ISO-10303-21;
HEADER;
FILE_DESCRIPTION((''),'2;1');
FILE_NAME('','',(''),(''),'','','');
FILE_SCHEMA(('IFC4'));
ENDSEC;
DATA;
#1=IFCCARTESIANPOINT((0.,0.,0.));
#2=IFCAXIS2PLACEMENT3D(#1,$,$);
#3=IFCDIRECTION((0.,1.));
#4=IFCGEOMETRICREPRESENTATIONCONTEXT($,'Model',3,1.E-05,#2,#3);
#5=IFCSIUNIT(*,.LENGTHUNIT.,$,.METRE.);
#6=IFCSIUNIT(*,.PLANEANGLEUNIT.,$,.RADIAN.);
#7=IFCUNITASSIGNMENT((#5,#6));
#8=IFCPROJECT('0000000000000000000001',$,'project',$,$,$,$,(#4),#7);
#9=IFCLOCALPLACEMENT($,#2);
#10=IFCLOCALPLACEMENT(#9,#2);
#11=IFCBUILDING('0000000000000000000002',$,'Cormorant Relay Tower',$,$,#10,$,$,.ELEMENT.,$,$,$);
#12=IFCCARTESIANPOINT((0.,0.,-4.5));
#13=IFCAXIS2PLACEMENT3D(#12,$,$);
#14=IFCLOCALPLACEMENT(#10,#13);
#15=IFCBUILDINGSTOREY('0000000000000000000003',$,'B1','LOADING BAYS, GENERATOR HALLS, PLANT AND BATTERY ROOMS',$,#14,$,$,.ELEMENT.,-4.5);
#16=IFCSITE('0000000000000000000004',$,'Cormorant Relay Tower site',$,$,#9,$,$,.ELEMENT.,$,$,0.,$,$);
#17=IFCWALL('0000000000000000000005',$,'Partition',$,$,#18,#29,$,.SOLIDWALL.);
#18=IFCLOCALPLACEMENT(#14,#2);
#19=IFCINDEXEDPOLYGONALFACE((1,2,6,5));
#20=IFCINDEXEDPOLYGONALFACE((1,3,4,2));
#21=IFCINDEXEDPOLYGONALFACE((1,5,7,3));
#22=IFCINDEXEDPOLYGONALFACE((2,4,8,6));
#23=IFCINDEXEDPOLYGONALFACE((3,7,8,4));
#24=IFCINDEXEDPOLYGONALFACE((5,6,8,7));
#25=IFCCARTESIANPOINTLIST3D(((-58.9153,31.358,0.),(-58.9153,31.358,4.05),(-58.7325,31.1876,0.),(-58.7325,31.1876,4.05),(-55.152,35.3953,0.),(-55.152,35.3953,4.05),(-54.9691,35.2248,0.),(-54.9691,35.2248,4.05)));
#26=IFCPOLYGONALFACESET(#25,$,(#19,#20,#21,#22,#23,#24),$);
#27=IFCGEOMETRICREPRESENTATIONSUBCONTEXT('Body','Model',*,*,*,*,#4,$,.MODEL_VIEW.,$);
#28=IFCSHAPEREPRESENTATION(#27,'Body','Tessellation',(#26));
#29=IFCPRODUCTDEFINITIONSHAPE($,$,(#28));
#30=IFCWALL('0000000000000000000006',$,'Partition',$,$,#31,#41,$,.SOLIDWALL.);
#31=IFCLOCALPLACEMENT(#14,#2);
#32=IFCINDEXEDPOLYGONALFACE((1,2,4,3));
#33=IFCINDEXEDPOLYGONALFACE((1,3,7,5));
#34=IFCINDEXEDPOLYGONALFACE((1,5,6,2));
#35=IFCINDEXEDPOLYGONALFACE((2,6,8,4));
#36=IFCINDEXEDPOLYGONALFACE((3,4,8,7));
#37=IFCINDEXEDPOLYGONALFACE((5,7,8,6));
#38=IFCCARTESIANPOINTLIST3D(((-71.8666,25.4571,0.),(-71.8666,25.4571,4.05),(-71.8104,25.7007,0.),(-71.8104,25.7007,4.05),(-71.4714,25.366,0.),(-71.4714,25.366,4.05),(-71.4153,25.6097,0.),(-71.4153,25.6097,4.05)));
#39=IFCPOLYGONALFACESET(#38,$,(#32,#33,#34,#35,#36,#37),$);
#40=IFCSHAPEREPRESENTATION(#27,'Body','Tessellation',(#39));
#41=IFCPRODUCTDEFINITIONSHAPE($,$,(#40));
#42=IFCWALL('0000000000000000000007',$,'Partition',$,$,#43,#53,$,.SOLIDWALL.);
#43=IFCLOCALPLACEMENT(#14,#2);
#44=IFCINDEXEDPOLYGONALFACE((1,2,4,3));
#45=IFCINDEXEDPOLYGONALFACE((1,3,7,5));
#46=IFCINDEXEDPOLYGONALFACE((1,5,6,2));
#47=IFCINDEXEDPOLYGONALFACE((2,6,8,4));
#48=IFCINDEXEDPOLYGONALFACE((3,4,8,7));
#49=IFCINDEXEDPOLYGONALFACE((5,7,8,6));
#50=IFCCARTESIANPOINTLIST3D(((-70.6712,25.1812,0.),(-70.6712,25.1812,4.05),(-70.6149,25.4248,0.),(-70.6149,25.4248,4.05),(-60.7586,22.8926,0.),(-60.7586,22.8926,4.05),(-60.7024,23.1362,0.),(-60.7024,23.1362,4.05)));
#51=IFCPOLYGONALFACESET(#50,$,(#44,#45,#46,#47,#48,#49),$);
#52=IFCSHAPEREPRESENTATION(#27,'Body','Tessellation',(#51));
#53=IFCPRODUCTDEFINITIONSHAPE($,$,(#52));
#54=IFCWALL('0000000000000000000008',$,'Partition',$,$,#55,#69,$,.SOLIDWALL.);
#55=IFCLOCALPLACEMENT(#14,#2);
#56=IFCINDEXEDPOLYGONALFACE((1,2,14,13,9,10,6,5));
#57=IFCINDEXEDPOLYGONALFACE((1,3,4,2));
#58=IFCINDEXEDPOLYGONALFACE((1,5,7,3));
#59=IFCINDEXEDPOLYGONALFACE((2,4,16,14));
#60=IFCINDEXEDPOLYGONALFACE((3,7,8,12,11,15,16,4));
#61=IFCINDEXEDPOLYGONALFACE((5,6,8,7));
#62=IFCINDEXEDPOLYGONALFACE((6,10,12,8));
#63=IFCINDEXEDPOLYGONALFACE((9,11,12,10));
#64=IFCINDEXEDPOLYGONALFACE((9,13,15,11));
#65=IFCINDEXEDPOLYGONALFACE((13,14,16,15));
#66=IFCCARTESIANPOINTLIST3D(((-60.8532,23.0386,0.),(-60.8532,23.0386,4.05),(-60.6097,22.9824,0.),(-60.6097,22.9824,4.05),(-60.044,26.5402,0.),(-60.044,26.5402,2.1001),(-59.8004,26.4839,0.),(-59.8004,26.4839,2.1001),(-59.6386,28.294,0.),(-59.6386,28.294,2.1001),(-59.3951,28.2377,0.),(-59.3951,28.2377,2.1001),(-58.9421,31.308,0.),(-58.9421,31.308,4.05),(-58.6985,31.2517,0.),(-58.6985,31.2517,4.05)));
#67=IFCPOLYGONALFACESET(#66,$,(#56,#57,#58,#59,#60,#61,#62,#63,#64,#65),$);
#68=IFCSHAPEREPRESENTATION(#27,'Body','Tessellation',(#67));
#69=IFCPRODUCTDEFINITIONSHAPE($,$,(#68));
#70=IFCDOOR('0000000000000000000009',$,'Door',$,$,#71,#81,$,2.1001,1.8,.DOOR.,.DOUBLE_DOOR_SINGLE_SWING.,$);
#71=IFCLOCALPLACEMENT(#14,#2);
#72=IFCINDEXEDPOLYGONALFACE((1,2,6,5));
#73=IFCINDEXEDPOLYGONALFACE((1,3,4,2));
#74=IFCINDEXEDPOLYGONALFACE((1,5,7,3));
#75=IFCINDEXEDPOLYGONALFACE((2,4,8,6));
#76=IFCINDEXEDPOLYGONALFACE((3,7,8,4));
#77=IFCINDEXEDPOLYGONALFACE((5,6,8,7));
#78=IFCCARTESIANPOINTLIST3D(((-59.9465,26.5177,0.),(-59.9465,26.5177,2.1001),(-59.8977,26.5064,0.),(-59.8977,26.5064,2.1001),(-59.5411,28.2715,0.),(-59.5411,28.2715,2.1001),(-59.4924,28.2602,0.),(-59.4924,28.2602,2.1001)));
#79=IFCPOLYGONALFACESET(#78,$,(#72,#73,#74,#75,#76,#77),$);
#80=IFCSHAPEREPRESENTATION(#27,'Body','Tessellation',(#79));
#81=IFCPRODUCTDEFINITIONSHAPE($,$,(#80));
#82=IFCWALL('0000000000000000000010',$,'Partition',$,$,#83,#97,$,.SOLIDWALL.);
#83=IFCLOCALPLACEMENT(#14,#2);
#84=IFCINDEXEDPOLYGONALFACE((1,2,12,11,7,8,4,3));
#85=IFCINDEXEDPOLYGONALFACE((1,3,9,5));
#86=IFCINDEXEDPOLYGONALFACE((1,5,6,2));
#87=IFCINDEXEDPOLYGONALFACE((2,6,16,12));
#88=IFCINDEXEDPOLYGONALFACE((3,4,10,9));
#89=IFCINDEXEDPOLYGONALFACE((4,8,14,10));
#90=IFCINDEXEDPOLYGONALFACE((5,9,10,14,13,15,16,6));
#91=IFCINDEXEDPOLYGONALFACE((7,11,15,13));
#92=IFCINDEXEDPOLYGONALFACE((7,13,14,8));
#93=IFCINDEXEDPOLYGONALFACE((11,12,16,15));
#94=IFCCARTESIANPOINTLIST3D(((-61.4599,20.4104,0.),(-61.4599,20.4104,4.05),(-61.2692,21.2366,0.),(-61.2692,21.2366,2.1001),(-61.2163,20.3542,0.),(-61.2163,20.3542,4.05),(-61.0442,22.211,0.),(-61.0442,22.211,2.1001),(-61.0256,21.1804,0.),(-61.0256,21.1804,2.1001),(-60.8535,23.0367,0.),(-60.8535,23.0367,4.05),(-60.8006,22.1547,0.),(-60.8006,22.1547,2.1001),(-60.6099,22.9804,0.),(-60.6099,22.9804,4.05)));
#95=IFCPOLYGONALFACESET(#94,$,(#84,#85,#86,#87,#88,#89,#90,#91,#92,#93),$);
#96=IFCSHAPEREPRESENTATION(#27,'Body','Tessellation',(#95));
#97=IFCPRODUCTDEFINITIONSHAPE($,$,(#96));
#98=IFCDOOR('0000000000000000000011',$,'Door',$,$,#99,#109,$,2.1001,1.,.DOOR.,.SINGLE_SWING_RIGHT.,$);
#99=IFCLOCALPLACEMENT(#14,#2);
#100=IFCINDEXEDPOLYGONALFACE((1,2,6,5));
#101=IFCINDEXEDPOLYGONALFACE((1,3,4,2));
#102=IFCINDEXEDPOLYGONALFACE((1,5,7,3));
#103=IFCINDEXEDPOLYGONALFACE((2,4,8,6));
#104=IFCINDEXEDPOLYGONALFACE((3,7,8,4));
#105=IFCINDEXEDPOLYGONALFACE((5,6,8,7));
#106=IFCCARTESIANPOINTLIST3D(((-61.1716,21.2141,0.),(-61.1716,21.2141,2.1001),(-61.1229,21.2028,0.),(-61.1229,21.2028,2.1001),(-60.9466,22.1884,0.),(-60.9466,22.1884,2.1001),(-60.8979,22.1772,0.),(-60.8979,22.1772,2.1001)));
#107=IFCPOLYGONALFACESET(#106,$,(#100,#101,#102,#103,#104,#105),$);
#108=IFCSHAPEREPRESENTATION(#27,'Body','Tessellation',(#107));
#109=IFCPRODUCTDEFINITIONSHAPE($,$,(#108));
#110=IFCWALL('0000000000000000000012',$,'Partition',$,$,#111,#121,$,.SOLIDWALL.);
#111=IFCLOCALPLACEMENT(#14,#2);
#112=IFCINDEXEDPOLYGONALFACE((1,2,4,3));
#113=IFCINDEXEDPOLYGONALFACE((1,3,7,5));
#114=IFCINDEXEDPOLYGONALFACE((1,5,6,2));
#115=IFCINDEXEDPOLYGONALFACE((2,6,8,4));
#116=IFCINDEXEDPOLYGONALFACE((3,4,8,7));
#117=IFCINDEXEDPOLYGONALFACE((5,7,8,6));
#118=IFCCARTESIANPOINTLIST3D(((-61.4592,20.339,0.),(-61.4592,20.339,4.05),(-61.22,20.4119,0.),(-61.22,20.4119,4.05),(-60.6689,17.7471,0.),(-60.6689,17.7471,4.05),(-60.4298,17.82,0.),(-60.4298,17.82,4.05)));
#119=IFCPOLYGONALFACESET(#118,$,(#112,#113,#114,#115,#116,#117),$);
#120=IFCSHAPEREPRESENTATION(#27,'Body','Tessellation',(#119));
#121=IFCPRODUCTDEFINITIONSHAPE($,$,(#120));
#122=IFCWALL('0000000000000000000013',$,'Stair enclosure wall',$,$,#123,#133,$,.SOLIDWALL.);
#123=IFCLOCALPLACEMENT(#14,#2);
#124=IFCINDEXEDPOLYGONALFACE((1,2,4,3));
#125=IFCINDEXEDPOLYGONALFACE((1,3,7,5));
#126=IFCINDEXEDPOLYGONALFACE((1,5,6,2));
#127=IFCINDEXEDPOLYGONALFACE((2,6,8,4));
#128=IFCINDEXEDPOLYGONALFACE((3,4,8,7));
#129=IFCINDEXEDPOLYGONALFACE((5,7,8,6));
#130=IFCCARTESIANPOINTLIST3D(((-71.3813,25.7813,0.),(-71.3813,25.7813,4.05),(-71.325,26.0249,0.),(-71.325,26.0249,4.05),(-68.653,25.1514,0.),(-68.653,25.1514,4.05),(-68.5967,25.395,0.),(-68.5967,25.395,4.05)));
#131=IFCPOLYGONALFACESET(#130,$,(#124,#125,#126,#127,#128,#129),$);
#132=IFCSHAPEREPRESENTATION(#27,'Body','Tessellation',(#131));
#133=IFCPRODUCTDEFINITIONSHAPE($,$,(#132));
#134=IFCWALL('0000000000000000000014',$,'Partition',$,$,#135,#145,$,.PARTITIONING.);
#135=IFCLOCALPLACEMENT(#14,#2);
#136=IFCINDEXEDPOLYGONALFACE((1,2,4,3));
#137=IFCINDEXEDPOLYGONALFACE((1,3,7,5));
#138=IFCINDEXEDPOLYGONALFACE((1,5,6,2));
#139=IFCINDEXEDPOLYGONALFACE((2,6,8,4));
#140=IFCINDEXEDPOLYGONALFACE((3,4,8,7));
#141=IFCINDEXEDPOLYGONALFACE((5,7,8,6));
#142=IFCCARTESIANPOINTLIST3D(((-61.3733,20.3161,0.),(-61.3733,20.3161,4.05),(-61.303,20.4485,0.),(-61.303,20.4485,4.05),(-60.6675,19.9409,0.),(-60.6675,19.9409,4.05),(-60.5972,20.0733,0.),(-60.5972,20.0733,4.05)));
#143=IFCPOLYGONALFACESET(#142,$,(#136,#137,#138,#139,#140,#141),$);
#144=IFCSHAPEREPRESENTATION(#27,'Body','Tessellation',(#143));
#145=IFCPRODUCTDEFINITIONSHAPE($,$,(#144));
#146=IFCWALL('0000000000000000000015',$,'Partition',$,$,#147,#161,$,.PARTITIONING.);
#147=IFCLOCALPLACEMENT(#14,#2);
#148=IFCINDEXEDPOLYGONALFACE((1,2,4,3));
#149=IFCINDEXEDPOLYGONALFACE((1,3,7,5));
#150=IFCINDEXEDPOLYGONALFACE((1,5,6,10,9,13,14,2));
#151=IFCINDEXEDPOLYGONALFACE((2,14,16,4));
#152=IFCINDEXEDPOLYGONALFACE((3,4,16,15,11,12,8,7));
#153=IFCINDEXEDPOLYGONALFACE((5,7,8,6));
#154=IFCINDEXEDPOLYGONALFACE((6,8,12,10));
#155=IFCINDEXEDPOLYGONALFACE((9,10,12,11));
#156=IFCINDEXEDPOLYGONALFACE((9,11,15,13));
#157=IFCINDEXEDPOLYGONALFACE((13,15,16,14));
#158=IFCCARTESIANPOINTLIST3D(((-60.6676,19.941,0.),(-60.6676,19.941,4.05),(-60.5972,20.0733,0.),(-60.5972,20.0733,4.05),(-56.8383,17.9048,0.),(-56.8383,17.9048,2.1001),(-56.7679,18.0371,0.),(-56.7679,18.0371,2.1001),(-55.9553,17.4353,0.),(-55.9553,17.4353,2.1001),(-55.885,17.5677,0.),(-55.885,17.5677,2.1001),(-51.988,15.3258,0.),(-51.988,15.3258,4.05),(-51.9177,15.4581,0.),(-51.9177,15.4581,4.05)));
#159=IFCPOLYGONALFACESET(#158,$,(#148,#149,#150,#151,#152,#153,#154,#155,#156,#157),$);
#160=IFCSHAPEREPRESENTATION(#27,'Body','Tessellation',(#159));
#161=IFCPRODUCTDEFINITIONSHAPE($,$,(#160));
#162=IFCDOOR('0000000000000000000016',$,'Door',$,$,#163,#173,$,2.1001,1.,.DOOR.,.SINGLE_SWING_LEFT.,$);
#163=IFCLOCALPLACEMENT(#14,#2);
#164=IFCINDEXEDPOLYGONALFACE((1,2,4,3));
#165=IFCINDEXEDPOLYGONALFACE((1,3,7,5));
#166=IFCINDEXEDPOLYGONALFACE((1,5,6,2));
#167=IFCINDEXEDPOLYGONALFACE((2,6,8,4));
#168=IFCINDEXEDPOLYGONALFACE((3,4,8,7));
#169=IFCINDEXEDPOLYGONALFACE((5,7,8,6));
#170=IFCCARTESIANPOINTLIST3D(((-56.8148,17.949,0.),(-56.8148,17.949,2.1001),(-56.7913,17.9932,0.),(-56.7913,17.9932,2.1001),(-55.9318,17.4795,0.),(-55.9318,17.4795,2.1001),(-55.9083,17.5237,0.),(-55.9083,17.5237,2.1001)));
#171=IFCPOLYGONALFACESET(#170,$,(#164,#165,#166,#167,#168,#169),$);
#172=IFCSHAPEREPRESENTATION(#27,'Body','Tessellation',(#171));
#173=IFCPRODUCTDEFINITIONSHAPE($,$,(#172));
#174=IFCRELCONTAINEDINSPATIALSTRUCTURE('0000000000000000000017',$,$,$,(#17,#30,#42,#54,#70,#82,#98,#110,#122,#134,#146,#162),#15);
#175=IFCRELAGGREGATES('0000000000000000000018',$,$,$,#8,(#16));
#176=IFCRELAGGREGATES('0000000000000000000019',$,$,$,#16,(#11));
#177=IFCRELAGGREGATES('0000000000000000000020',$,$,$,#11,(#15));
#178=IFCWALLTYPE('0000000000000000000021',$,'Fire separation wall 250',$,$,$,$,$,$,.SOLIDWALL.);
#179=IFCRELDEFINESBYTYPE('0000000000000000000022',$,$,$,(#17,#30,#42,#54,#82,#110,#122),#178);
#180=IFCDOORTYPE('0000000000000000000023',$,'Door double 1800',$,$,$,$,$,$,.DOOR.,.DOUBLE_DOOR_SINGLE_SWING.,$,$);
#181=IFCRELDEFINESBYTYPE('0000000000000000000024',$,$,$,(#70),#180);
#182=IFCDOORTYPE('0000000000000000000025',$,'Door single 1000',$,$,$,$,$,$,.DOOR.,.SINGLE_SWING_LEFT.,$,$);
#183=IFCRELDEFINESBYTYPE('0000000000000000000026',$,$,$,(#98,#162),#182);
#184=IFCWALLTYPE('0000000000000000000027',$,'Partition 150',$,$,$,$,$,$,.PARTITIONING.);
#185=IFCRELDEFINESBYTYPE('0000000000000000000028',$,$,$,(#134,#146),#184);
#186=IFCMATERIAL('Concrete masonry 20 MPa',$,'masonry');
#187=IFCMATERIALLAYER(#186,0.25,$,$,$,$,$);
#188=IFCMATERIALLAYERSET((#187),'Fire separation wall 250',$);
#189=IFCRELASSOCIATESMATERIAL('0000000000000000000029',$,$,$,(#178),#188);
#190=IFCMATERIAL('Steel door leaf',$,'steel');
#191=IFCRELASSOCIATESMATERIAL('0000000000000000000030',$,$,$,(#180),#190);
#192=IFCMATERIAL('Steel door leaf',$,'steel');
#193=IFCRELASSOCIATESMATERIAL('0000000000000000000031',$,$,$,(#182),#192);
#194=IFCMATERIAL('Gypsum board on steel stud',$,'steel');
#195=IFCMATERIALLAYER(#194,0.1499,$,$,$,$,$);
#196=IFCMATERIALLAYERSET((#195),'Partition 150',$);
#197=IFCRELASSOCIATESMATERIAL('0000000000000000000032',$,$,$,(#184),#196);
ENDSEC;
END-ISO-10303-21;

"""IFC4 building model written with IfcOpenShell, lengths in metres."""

from ifc_helpers import new_model, si_unit, direction, frame, frame_2d, origin, place, context, subcontext, project, spatial, rectangle, extrude, material, layer, layer_set, type_object, element, fill, save


model = new_model("IFC4")

# Units and contexts
model_context = context("Model", 3, precision=1e-05, world=origin(), true_north=direction((0.0, 1.0)))
body_context = subcontext(model_context, "Body", "Model", "MODEL_VIEW")
ifc_project = project(units=[si_unit("LENGTHUNIT", "METRE"), si_unit("PLANEANGLEUNIT", "RADIAN")], contexts=[model_context])

# Site, building, storey
site_placement = place(None, origin())
site = spatial("IfcSite", under=ifc_project, at=site_placement, Name="Cormorant Relay Tower site", CompositionType="ELEMENT", RefElevation=0.0)
building_placement = place(site_placement, origin())
building = spatial("IfcBuilding", under=site, at=building_placement, Name="Cormorant Relay Tower", CompositionType="ELEMENT")
storey_placement = place(building_placement, frame((0.0, 0.0, -4.5)))
storey = spatial("IfcBuildingStorey", under=building, at=storey_placement, Name="B1", Description="LOADING BAYS, GENERATOR HALLS, PLANT AND BATTERY ROOMS", CompositionType="ELEMENT", Elevation=-4.5)

# Walls
ifc_material_1 = material(Name="Concrete masonry 20 MPa", Category="masonry")
ifc_layer_1 = layer(ifc_material_1, 0.25)
ifc_layer_set_1 = layer_set([ifc_layer_1], Name="Fire separation wall 250")
wall_type_1 = type_object("IfcWallType", Name="Fire separation wall 250", PredefinedType="SOLIDWALL", material=ifc_layer_set_1)
wall_1_placement = place(storey_placement, frame((-58.824, 31.2727, 0.0), z_axis=(0.0, 0.0, 1.0), x_axis=(0.681856, 0.731486, 0.0)))
element("IfcWall", 1, at=wall_1_placement, inside=storey, type_object=wall_type_1, Name="Partition", PredefinedType="SOLIDWALL", context=body_context, shape_type="SweptSolid", body=[
    extrude(rectangle(XDim=5.5193, YDim=0.25, at=frame_2d((2.7598, 0.0))), origin(), (0.0, 0.0, 1.0), 4.05),
])
wall_2_placement = place(storey_placement, frame((-71.8384, 25.5789, 0.0), z_axis=(0.0, 0.0, 1.0), x_axis=(0.974472, -0.224508, 0.0)))
element("IfcWall", 2, at=wall_2_placement, inside=storey, type_object=wall_type_1, Name="Partition", PredefinedType="SOLIDWALL", context=body_context, shape_type="SweptSolid", body=[
    extrude(rectangle(XDim=0.4055, YDim=0.25, at=frame_2d((0.2026, 0.0))), origin(), (0.0, 0.0, 1.0), 4.05),
])
wall_3_placement = place(storey_placement, frame((-70.6431, 25.303, 0.0), z_axis=(0.0, 0.0, 1.0), x_axis=(0.974369, -0.224958, 0.0)))
element("IfcWall", 3, at=wall_3_placement, inside=storey, type_object=wall_type_1, Name="Partition", PredefinedType="SOLIDWALL", context=body_context, shape_type="SweptSolid", body=[
    extrude(rectangle(XDim=10.1733, YDim=0.25, at=frame_2d((5.0867, 0.0))), origin(), (0.0, 0.0, 1.0), 4.05),
])

# Walls, openings, doors
wall_4_placement = place(storey_placement, frame((-60.7314, 23.0105, 0.0), z_axis=(0.0, 0.0, 1.0), x_axis=(0.225177, 0.974318, 0.0)))
wall_4 = element("IfcWall", 4, at=wall_4_placement, inside=storey, type_object=wall_type_1, Name="Partition", PredefinedType="SOLIDWALL", context=body_context, shape_type="SweptSolid", body=[
    extrude(rectangle(XDim=8.4873, YDim=0.25, at=frame_2d((4.2437, 0.0))), origin(), (0.0, 0.0, 1.0), 4.05),
])
opening_1_placement = place(wall_4_placement, frame((3.594, 0.0, 0.0)))
opening_1 = element("IfcOpeningElement", 5, at=opening_1_placement, cuts=wall_4, PredefinedType="OPENING", context=body_context, shape_type="SweptSolid", body=[
    extrude(rectangle(XDim=1.8, YDim=2.1001, at=frame_2d((0.8999, 1.05))), frame((0.0, 0.135, 0.0), z_axis=(0.0, -1.0, 0.0), x_axis=(1.0, 0.0, 0.0)), (0.0, 0.0, 1.0), 0.27),
])
ifc_material_2 = material(Name="Steel door leaf", Category="steel")
door_type_1 = type_object("IfcDoorType", Name="Door double 1800", OperationType="DOUBLE_DOOR_SINGLE_SWING", PredefinedType="DOOR", material=ifc_material_2)
door_1_placement = place(opening_1_placement, origin())
door_1 = element("IfcDoor", 6, at=door_1_placement, inside=storey, type_object=door_type_1, Name="Door", OperationType="DOUBLE_DOOR_SINGLE_SWING", OverallHeight=2.1001, OverallWidth=1.8, PredefinedType="DOOR", context=body_context, shape_type="SweptSolid", body=[
    extrude(rectangle(XDim=1.8, YDim=2.1001, at=frame_2d((0.8999, 1.05))), frame((0.0, 0.0249, 0.0), z_axis=(0.0, -1.0, 0.0), x_axis=(1.0, 0.0, 0.0)), (0.0, 0.0, 1.0), 0.05),
])
fill(opening_1, door_1)
wall_5_placement = place(storey_placement, frame((-61.3381, 20.3823, 0.0), z_axis=(0.0, 0.0, 1.0), x_axis=(0.224998, 0.974359, 0.0)))
wall_5 = element("IfcWall", 7, at=wall_5_placement, inside=storey, type_object=wall_type_1, Name="Partition", PredefinedType="SOLIDWALL", context=body_context, shape_type="SweptSolid", body=[
    extrude(rectangle(XDim=2.6953, YDim=0.25, at=frame_2d((1.3477, 0.0))), origin(), (0.0, 0.0, 1.0), 4.05),
])
opening_2_placement = place(wall_5_placement, frame((0.8479, 0.0, 0.0)))
opening_2 = element("IfcOpeningElement", 8, at=opening_2_placement, cuts=wall_5, PredefinedType="OPENING", context=body_context, shape_type="SweptSolid", body=[
    extrude(rectangle(XDim=1.0, YDim=2.1001, at=frame_2d((0.5, 1.05))), frame((0.0, 0.135, 0.0), z_axis=(0.0, -1.0, 0.0), x_axis=(1.0, 0.0, 0.0)), (0.0, 0.0, 1.0), 0.27),
])
ifc_material_3 = material(Name="Steel door leaf", Category="steel")
door_type_2 = type_object("IfcDoorType", Name="Door single 1000", OperationType="SINGLE_SWING_LEFT", PredefinedType="DOOR", material=ifc_material_3)
door_2_placement = place(opening_2_placement, origin())
door_2 = element("IfcDoor", 9, at=door_2_placement, inside=storey, type_object=door_type_2, Name="Door", OperationType="SINGLE_SWING_RIGHT", OverallHeight=2.1001, OverallWidth=1.0, PredefinedType="DOOR", context=body_context, shape_type="SweptSolid", body=[
    extrude(rectangle(XDim=1.0, YDim=2.1001, at=frame_2d((0.5, 1.05))), frame((0.0, 0.0249, 0.0), z_axis=(0.0, -1.0, 0.0), x_axis=(1.0, 0.0, 0.0)), (0.0, 0.0, 1.0), 0.05),
])
fill(opening_2, door_2)

# Walls
wall_6_placement = place(storey_placement, frame((-60.5493, 17.7834, 0.0), z_axis=(0.0, 0.0, 1.0), x_axis=(-0.291635, 0.95653, 0.0)))
element("IfcWall", 10, at=wall_6_placement, inside=storey, type_object=wall_type_1, Name="Partition", PredefinedType="SOLIDWALL", context=body_context, shape_type="SweptSolid", body=[
    extrude(rectangle(XDim=2.7097, YDim=0.25, at=frame_2d((1.355, 0.0))), origin(), (0.0, 0.0, 1.0), 4.05),
])
wall_7_placement = place(storey_placement, frame((-71.353, 25.9031, 0.0), z_axis=(0.0, 0.0, 1.0), x_axis=(0.974369, -0.224955, 0.0)))
element("IfcWall", 11, at=wall_7_placement, inside=storey, type_object=wall_type_1, Name="Stair enclosure wall", PredefinedType="SOLIDWALL", context=body_context, shape_type="SweptSolid", body=[
    extrude(rectangle(XDim=2.8, YDim=0.25, at=frame_2d((1.3999, 0.0))), origin(), (0.0, 0.0, 1.0), 4.05),
])
ifc_material_4 = material(Name="Gypsum board on steel stud", Category="steel")
ifc_layer_2 = layer(ifc_material_4, 0.1499)
ifc_layer_set_2 = layer_set([ifc_layer_2], Name="Partition 150")
wall_type_2 = type_object("IfcWallType", Name="Partition 150", PredefinedType="PARTITIONING", material=ifc_layer_set_2)
wall_8_placement = place(storey_placement, frame((-61.3381, 20.3823, 0.0), z_axis=(0.0, 0.0, 1.0), x_axis=(0.882969, -0.469431, 0.0)))
element("IfcWall", 12, at=wall_8_placement, inside=storey, type_object=wall_type_2, Name="Partition", PredefinedType="PARTITIONING", context=body_context, shape_type="SweptSolid", body=[
    extrude(rectangle(XDim=0.7993, YDim=0.1499, at=frame_2d((0.3997, 0.0))), origin(), (0.0, 0.0, 1.0), 4.05),
])

# Wall, opening, door
wall_9_placement = place(storey_placement, frame((-60.6323, 20.0071, 0.0), z_axis=(0.0, 0.0, 1.0), x_axis=(0.882941, -0.469484, 0.0)))
wall_9 = element("IfcWall", 13, at=wall_9_placement, inside=storey, type_object=wall_type_2, Name="Partition", PredefinedType="PARTITIONING", context=body_context, shape_type="SweptSolid", body=[
    extrude(rectangle(XDim=9.8303, YDim=0.1499, at=frame_2d((4.915, 0.0))), origin(), (0.0, 0.0, 1.0), 4.05),
])
opening_3_placement = place(wall_9_placement, frame((4.3369, 0.0, 0.0)))
opening_3 = element("IfcOpeningElement", 14, at=opening_3_placement, cuts=wall_9, PredefinedType="OPENING", context=body_context, shape_type="SweptSolid", body=[
    extrude(rectangle(XDim=1.0, YDim=2.1001, at=frame_2d((0.5, 1.05))), frame((0.0, 0.085, 0.0), z_axis=(0.0, -1.0, 0.0), x_axis=(1.0, 0.0, 0.0)), (0.0, 0.0, 1.0), 0.1699),
])
door_3_placement = place(opening_3_placement, frame((1.0, 0.0, 0.0), z_axis=(0.0, 0.0, 1.0), x_axis=(-1.0, 0.0, 0.0)))
door_3 = element("IfcDoor", 15, at=door_3_placement, inside=storey, type_object=door_type_2, Name="Door", OperationType="SINGLE_SWING_LEFT", OverallHeight=2.1001, OverallWidth=1.0, PredefinedType="DOOR", context=body_context, shape_type="SweptSolid", body=[
    extrude(rectangle(XDim=1.0, YDim=2.1001, at=frame_2d((0.5, 1.05))), frame((0.0, 0.0249, 0.0), z_axis=(0.0, -1.0, 0.0), x_axis=(1.0, 0.0, 0.0)), (0.0, 0.0, 1.0), 0.05),
])
fill(opening_3, door_3)

save(model, "model.ifc")
